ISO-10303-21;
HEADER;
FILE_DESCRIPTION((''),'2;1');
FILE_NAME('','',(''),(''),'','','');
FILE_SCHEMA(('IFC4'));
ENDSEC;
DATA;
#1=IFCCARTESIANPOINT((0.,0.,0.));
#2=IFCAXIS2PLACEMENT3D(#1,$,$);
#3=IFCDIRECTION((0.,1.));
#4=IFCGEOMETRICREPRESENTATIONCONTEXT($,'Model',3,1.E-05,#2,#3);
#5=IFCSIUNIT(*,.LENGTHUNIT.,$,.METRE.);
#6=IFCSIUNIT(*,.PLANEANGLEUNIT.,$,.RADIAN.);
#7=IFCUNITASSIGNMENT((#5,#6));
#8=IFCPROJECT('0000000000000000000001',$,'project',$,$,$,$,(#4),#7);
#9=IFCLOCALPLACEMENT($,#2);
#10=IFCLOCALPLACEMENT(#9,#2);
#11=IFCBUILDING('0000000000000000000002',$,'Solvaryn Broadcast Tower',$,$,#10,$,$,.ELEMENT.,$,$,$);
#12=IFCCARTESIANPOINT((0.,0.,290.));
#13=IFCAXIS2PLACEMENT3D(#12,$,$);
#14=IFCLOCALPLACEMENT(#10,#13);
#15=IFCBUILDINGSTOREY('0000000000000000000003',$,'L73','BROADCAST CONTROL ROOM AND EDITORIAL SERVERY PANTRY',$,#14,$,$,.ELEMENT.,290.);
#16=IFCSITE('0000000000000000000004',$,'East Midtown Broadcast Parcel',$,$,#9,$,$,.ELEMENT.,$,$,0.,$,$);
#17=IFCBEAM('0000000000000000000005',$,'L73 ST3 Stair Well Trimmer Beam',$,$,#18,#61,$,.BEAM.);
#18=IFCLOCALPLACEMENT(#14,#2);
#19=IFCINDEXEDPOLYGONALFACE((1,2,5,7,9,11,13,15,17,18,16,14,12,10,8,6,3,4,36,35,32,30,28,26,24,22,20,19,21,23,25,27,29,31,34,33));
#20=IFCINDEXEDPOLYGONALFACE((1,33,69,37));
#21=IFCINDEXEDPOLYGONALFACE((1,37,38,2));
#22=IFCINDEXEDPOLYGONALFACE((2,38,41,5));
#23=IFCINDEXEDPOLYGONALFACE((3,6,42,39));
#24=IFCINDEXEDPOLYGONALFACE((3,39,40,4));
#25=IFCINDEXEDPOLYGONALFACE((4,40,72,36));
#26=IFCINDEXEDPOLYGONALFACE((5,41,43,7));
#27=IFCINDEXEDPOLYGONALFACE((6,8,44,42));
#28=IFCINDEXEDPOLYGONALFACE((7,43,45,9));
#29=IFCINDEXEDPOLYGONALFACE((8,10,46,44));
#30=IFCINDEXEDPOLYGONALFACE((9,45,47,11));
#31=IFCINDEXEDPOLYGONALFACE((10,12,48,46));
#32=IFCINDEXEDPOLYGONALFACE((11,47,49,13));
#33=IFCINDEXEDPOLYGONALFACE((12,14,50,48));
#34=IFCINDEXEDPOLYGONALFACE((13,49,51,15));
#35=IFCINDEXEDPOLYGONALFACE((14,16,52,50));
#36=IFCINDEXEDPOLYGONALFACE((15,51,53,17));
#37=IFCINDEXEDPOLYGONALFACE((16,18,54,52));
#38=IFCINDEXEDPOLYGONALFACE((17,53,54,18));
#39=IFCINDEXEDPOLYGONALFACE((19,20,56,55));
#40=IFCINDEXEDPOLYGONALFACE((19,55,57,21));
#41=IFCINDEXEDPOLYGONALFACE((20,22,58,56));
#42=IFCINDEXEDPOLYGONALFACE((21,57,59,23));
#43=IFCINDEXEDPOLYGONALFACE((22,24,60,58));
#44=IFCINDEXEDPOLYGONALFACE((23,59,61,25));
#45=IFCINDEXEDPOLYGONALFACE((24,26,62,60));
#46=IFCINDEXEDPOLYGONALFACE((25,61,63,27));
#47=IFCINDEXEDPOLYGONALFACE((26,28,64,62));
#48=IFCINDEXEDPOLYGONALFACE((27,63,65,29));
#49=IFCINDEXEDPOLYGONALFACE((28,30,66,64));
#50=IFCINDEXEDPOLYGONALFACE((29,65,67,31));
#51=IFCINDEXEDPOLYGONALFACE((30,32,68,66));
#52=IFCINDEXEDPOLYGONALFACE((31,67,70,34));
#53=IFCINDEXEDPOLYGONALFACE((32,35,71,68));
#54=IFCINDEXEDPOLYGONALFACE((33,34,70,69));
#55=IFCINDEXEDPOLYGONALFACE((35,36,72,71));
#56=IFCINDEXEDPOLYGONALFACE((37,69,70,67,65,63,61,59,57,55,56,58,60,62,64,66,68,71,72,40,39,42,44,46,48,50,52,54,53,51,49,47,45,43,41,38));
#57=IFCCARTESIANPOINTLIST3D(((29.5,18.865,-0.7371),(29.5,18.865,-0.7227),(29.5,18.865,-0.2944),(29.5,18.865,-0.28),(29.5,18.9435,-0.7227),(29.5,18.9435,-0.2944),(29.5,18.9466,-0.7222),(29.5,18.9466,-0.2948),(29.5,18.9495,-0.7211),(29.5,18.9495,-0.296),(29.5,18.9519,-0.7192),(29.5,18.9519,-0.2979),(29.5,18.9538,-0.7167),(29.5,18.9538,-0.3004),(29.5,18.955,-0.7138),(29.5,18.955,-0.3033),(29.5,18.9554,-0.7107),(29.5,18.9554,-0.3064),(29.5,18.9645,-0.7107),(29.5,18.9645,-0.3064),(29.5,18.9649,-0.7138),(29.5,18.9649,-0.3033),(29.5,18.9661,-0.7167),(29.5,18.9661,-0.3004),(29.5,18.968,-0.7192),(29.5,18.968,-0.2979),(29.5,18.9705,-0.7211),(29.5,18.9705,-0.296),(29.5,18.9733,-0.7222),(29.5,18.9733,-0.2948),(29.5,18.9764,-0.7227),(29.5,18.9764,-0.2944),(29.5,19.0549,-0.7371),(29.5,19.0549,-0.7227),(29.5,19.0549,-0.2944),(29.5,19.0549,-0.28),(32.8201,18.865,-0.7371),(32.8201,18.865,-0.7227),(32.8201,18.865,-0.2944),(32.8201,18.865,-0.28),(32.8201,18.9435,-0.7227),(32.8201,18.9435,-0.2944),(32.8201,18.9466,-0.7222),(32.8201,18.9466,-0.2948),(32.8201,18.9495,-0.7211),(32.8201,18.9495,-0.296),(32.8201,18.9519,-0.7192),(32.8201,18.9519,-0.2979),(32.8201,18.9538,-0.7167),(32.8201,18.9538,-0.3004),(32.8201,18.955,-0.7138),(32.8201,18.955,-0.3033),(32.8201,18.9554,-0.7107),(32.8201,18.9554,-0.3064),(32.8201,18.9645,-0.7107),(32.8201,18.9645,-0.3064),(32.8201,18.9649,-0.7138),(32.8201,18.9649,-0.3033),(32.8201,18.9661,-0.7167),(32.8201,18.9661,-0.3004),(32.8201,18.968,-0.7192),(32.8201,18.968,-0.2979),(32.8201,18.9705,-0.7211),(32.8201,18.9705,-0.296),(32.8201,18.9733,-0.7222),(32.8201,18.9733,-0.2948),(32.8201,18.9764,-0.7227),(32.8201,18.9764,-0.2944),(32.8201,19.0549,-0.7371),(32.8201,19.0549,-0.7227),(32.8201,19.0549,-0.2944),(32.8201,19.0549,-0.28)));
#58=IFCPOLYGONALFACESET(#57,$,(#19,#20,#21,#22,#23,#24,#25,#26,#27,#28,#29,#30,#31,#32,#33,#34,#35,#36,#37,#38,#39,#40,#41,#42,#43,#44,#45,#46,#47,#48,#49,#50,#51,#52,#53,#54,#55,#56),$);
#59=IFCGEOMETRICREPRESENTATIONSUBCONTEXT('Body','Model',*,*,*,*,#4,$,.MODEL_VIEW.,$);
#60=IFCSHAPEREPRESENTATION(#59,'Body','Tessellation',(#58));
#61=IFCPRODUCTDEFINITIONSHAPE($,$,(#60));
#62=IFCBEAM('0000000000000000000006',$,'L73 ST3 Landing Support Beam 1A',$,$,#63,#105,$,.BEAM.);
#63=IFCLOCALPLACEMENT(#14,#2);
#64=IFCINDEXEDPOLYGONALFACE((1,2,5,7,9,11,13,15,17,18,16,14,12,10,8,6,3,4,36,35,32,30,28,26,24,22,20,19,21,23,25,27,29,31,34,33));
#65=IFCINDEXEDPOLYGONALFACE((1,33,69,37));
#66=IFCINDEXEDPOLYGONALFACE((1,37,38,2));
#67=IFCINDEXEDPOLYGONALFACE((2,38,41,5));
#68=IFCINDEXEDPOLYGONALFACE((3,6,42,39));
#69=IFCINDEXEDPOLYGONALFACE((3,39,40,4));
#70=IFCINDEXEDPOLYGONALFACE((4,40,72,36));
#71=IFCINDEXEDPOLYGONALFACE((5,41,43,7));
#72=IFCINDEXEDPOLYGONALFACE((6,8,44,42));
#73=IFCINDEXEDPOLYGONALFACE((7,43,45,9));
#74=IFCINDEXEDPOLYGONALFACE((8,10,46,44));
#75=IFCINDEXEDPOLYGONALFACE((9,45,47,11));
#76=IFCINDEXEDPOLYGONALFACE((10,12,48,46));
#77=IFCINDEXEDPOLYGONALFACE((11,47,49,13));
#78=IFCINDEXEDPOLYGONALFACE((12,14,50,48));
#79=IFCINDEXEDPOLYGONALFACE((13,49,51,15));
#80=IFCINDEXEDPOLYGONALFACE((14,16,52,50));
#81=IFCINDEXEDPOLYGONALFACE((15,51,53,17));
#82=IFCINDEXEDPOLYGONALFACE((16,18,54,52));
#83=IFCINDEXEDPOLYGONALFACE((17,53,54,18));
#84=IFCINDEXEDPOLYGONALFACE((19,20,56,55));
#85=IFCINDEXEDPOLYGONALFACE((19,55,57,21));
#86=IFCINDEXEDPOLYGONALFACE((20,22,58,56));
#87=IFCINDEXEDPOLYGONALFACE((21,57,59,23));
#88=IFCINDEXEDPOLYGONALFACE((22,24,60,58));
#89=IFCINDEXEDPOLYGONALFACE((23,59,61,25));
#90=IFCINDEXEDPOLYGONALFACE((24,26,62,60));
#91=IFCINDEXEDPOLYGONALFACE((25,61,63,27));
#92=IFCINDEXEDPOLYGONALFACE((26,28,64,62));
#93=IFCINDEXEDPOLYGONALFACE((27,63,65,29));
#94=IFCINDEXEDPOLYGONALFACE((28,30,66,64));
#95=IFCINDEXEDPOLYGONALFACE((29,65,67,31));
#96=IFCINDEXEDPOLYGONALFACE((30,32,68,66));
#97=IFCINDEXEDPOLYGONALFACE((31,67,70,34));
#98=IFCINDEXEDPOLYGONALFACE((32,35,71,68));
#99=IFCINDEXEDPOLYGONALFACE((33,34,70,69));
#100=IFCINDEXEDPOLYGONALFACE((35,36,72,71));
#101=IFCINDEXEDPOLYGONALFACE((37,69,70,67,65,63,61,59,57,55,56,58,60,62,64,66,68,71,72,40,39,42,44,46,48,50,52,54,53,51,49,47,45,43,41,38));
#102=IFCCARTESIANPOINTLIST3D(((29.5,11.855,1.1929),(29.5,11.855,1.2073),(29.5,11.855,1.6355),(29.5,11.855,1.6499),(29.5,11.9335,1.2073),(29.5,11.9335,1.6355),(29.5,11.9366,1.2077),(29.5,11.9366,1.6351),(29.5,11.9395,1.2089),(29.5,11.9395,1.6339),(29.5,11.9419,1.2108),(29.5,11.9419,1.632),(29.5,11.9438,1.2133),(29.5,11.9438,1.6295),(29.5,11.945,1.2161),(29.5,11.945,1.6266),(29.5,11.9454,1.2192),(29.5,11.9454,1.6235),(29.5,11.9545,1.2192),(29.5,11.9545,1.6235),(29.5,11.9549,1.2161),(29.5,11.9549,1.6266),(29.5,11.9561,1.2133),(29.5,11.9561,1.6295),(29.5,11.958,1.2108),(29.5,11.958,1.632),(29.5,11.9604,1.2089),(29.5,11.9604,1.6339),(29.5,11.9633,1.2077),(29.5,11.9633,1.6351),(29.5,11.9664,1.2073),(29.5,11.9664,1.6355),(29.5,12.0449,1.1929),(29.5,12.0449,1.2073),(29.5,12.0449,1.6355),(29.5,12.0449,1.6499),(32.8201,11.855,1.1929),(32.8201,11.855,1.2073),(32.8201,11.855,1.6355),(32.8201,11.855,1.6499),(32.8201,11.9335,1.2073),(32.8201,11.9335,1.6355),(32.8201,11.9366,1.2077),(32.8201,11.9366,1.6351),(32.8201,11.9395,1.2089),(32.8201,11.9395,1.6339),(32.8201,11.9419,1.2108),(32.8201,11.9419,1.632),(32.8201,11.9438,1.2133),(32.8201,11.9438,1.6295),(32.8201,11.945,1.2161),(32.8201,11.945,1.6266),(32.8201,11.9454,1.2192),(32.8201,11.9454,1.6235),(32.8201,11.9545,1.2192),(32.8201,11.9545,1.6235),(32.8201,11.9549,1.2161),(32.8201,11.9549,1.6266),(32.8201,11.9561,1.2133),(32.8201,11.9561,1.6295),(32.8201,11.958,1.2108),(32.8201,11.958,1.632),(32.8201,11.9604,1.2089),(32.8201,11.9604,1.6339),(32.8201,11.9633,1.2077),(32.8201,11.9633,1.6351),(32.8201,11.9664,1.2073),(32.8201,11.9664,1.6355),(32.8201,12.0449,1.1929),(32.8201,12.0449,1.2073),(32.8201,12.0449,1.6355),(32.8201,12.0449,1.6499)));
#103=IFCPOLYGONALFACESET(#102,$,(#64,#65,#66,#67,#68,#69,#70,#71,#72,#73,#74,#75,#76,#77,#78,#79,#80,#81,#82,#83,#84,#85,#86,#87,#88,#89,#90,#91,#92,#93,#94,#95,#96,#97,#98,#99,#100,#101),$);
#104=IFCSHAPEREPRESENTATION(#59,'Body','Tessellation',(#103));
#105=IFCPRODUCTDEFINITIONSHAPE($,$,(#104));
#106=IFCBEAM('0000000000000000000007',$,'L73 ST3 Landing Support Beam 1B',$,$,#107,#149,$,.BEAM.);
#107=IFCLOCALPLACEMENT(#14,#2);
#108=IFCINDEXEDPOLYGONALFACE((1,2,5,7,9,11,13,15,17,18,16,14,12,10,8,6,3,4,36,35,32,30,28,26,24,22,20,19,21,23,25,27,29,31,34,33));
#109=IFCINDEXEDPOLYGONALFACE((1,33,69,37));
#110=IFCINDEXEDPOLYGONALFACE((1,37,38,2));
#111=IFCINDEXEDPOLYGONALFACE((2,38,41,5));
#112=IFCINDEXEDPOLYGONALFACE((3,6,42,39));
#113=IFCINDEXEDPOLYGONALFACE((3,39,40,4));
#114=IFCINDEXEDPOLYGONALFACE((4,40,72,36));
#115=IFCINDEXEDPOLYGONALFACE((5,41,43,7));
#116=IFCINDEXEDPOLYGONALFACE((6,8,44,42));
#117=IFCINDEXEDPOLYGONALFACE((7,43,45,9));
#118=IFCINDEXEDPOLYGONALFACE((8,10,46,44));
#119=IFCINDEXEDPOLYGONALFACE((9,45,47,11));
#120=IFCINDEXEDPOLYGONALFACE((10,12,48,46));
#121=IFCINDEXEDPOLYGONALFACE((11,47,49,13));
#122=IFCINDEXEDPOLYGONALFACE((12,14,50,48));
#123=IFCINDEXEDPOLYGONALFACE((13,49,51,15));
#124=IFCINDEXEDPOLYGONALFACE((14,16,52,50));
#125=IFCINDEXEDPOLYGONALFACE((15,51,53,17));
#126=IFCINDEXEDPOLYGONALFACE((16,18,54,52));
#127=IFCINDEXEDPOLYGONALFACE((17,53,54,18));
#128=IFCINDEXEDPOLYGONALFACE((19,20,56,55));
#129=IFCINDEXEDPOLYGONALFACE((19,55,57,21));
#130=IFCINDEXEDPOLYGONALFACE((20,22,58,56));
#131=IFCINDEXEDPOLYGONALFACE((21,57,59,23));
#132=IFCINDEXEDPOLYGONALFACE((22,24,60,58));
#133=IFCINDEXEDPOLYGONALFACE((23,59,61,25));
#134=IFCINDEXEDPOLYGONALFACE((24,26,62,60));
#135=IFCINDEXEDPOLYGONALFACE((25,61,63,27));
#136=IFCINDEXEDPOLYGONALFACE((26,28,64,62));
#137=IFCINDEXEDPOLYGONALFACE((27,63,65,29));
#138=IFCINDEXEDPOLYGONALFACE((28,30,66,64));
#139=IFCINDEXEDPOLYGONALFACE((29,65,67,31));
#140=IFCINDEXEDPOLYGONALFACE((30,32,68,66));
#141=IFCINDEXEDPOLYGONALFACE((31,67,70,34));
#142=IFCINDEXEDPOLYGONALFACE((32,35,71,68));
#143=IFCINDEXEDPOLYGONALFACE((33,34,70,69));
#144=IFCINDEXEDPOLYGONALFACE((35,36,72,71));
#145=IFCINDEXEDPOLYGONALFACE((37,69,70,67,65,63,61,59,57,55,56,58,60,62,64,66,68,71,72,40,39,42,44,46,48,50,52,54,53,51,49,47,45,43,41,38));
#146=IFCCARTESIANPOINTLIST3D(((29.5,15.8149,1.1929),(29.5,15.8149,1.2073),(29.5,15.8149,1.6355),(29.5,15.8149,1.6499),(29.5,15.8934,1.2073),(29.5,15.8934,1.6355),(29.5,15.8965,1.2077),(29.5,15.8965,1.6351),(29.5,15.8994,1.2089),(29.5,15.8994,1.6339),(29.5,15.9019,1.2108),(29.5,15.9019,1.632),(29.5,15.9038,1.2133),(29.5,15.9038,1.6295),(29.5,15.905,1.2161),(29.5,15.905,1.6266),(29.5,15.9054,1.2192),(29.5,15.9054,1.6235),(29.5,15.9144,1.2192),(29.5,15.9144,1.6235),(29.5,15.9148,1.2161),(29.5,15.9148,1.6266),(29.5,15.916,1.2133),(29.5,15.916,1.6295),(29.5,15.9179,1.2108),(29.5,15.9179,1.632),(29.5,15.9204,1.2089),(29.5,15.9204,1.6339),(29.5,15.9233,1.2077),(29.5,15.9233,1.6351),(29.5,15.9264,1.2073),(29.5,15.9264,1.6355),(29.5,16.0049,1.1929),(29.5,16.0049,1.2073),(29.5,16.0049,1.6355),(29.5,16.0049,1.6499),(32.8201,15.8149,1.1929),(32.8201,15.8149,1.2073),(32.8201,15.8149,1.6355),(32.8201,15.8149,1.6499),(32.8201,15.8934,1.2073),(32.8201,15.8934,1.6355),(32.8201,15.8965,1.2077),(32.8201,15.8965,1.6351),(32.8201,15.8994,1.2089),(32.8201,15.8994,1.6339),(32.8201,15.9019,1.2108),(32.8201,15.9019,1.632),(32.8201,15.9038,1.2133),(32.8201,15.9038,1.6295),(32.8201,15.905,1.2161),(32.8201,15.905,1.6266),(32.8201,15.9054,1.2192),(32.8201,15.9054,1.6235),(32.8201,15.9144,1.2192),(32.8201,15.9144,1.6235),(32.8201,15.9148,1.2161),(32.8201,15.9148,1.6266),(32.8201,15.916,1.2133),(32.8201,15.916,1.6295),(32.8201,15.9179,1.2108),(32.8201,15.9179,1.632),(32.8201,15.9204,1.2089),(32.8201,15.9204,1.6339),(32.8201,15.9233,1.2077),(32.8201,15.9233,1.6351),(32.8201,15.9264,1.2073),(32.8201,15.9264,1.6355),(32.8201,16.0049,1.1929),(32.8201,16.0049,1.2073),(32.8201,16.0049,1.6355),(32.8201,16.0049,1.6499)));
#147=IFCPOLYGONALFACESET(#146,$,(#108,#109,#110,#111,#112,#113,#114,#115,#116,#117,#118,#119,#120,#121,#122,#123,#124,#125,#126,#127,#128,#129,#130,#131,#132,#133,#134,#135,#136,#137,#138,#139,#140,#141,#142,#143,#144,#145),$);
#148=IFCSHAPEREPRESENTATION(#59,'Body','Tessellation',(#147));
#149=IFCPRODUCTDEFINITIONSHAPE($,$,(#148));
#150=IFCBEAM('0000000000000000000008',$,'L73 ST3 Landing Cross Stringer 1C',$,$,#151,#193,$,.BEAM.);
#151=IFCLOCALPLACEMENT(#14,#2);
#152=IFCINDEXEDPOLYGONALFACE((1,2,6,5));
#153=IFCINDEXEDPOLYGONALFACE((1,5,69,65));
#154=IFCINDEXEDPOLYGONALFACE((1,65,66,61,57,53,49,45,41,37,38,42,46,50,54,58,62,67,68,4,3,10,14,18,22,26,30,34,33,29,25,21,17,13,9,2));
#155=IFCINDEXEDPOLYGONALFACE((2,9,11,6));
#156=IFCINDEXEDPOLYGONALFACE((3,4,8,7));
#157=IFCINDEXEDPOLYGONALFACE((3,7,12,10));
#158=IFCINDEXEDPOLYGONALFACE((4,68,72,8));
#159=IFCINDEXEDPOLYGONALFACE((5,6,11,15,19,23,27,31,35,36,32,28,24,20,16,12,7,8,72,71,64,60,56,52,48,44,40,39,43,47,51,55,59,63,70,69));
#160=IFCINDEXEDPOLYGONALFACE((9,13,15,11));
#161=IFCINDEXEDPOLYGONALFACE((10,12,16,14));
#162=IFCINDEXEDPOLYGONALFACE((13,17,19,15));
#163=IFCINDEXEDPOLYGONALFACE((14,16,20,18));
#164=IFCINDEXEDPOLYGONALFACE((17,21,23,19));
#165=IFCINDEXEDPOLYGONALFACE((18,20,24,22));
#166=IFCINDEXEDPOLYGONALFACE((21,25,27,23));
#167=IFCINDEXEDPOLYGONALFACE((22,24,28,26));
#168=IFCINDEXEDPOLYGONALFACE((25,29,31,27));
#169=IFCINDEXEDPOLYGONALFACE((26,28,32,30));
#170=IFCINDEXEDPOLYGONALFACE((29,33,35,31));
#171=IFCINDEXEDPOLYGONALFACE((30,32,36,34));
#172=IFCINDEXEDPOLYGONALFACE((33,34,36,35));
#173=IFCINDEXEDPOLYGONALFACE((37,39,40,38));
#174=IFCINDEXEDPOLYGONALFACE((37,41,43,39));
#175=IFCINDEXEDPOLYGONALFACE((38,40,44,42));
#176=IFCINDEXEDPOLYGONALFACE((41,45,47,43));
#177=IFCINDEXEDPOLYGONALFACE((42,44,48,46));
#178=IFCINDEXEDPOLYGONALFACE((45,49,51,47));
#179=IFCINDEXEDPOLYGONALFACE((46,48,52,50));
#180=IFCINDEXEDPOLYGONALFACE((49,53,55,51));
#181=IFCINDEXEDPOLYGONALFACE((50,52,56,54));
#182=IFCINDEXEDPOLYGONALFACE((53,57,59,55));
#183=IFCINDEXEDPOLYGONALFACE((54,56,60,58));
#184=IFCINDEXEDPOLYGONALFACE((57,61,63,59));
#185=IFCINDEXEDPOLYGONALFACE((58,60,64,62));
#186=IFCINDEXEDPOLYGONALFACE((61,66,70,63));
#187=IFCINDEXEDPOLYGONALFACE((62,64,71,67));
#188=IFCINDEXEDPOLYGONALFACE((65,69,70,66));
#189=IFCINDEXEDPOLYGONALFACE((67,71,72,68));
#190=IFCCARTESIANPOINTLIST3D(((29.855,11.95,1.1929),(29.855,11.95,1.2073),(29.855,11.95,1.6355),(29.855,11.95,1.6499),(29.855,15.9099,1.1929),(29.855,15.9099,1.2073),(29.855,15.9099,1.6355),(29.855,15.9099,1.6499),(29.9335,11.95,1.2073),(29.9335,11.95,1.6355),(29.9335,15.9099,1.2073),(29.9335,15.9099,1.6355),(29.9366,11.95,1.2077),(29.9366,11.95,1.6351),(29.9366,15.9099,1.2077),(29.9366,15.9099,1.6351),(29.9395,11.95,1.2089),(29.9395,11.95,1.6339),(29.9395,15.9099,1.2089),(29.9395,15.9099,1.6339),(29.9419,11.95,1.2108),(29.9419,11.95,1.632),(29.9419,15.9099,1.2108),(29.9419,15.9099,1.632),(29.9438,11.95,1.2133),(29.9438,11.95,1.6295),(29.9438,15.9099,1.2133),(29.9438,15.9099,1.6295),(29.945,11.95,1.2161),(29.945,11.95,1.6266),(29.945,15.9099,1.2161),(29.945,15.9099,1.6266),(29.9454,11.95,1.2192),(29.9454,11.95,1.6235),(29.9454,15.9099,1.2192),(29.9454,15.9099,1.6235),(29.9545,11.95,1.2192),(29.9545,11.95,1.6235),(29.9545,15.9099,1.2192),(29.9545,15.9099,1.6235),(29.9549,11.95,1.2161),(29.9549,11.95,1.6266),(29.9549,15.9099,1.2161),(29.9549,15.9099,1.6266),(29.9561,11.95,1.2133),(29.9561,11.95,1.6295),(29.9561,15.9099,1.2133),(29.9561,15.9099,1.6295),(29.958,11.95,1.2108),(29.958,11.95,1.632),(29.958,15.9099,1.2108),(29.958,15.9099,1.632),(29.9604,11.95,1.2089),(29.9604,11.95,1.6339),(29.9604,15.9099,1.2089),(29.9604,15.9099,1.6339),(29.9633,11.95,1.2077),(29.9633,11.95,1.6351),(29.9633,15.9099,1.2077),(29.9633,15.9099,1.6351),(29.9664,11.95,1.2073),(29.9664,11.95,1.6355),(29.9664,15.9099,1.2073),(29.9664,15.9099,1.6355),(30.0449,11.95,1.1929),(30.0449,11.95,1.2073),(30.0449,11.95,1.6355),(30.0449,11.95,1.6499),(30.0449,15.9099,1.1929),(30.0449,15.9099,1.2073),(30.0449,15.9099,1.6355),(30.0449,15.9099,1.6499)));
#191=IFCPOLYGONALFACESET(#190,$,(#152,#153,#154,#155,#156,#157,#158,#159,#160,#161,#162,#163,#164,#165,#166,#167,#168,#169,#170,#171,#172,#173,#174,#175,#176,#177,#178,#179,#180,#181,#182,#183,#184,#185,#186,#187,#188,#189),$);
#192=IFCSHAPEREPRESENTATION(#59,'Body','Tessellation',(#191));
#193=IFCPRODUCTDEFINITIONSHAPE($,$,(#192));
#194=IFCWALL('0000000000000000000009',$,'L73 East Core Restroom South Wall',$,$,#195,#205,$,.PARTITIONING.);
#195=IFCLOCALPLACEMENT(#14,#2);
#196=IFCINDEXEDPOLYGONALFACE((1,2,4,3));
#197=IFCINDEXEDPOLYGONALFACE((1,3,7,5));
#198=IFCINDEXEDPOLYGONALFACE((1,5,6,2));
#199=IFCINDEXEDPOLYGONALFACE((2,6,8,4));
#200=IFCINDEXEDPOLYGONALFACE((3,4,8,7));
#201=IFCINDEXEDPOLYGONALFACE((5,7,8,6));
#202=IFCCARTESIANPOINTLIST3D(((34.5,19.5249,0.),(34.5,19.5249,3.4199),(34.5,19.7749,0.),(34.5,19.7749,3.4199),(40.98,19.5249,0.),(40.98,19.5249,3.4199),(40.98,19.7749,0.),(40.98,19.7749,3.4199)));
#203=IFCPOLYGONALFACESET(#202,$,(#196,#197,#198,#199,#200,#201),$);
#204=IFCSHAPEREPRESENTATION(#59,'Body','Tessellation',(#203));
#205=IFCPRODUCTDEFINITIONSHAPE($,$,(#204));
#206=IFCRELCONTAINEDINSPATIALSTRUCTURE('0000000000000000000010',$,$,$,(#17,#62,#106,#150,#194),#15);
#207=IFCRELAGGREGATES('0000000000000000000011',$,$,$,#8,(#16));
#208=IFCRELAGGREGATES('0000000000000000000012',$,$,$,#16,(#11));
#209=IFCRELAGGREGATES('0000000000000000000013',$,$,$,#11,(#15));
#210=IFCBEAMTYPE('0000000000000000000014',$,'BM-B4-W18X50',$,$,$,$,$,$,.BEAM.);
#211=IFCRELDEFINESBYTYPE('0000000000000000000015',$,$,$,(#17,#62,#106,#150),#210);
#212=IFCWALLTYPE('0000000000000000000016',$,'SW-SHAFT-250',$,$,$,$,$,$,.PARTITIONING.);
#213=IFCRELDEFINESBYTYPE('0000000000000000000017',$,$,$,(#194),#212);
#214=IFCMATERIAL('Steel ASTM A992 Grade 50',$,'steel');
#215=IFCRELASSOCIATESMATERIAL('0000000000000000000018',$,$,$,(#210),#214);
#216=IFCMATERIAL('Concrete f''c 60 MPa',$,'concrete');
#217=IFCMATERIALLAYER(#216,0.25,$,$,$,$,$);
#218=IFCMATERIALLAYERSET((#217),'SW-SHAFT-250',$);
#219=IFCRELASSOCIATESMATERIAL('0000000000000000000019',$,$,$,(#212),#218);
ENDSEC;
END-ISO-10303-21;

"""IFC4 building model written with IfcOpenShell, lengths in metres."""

from ifc_helpers import new_model, si_unit, direction, frame, frame_2d, origin, origin_2d, place, context, subcontext, project, spatial, rectangle, i_section, extrude, material, layer, layer_set, material_profile, profile_set, type_object, element, save


model = new_model("IFC4")

# Units and contexts
model_context = context("Model", 3, precision=1e-05, world=origin(), true_north=direction((0.0, 1.0)))
body_context = subcontext(model_context, "Body", "Model", "MODEL_VIEW")
ifc_project = project(units=[si_unit("LENGTHUNIT", "METRE"), si_unit("PLANEANGLEUNIT", "RADIAN")], contexts=[model_context])

# Site, building, storey
site_placement = place(None, origin())
site = spatial("IfcSite", under=ifc_project, at=site_placement, Name="East Midtown Broadcast Parcel", CompositionType="ELEMENT", RefElevation=0.0)
building_placement = place(site_placement, origin())
building = spatial("IfcBuilding", under=site, at=building_placement, Name="Solvaryn Broadcast Tower", CompositionType="ELEMENT")
storey_placement = place(building_placement, frame((0.0, 0.0, 290.0)))
storey = spatial("IfcBuildingStorey", under=building, at=storey_placement, Name="L73", Description="BROADCAST CONTROL ROOM AND EDITORIAL SERVERY PANTRY", CompositionType="ELEMENT", Elevation=290.0)

# Beams
ifc_material_1 = material(Name="Steel ASTM A992 Grade 50", Category="steel")
ifc_material_profile_1 = material_profile(ifc_material_1, i_section(OverallWidth=0.1899, OverallDepth=0.457, WebThickness=0.009, FlangeThickness=0.0144, FilletRadius=0.012, at=origin_2d()))
ifc_profile_set_1 = profile_set([ifc_material_profile_1], Name="Steel ASTM A992 Grade 50")
beam_type_1 = type_object("IfcBeamType", Name="BM-B4-W18X50", PredefinedType="BEAM", material=ifc_profile_set_1)
for number, where, z_axis, x_axis, name in (
    (1, (29.5, 18.96, -0.5085), (1.0, 0.0, 0.0), (0.0, 1.0, 0.0), "L73 ST3 Stair Well Trimmer Beam"),
    (2, (29.5, 11.95, 1.4214), (1.0, 0.0, 0.0), (0.0, 1.0, 0.0), "L73 ST3 Landing Support Beam 1A"),
    (3, (29.5, 15.9099, 1.4214), (1.0, 0.0, 0.0), (0.0, 1.0, 0.0), "L73 ST3 Landing Support Beam 1B"),
):
    element("IfcBeam", number, at=place(storey_placement, frame(where, z_axis=z_axis, x_axis=x_axis)), inside=storey, type_object=beam_type_1, Name=name, PredefinedType="BEAM", context=body_context, shape_type="SweptSolid", body=[
        extrude(i_section(OverallWidth=0.1899, OverallDepth=0.457, WebThickness=0.009, FlangeThickness=0.0144, FilletRadius=0.012, at=origin_2d()), origin(), (0.0, 0.0, 1.0), 3.3201),
    ])
beam_1_placement = place(storey_placement, frame((29.95, 11.95, 1.4214), z_axis=(0.0, 1.0, 0.0), x_axis=(-1.0, 0.0, 0.0)))
element("IfcBeam", 4, at=beam_1_placement, inside=storey, type_object=beam_type_1, Name="L73 ST3 Landing Cross Stringer 1C", PredefinedType="BEAM", context=body_context, shape_type="SweptSolid", body=[
    extrude(i_section(OverallWidth=0.1899, OverallDepth=0.457, WebThickness=0.009, FlangeThickness=0.0144, FilletRadius=0.012, at=origin_2d()), origin(), (0.0, 0.0, 1.0), 3.96),
])

# Wall
ifc_material_2 = material(Name="Concrete f'c 60 MPa", Category="concrete")
ifc_layer_1 = layer(ifc_material_2, 0.25)
ifc_layer_set_1 = layer_set([ifc_layer_1], Name="SW-SHAFT-250")
wall_type_1 = type_object("IfcWallType", Name="SW-SHAFT-250", PredefinedType="PARTITIONING", material=ifc_layer_set_1)
wall_1_placement = place(storey_placement, frame((34.5, 19.6499, 0.0), z_axis=(0.0, 0.0, 1.0), x_axis=(1.0, 0.0, 0.0)))
element("IfcWall", 5, at=wall_1_placement, inside=storey, type_object=wall_type_1, Name="L73 East Core Restroom South Wall", PredefinedType="PARTITIONING", context=body_context, shape_type="SweptSolid", body=[
    extrude(rectangle(XDim=6.48, YDim=0.25, at=frame_2d((3.24, 0.0))), origin(), (0.0, 0.0, 1.0), 3.4199),
])

save(model, "model.ifc")
